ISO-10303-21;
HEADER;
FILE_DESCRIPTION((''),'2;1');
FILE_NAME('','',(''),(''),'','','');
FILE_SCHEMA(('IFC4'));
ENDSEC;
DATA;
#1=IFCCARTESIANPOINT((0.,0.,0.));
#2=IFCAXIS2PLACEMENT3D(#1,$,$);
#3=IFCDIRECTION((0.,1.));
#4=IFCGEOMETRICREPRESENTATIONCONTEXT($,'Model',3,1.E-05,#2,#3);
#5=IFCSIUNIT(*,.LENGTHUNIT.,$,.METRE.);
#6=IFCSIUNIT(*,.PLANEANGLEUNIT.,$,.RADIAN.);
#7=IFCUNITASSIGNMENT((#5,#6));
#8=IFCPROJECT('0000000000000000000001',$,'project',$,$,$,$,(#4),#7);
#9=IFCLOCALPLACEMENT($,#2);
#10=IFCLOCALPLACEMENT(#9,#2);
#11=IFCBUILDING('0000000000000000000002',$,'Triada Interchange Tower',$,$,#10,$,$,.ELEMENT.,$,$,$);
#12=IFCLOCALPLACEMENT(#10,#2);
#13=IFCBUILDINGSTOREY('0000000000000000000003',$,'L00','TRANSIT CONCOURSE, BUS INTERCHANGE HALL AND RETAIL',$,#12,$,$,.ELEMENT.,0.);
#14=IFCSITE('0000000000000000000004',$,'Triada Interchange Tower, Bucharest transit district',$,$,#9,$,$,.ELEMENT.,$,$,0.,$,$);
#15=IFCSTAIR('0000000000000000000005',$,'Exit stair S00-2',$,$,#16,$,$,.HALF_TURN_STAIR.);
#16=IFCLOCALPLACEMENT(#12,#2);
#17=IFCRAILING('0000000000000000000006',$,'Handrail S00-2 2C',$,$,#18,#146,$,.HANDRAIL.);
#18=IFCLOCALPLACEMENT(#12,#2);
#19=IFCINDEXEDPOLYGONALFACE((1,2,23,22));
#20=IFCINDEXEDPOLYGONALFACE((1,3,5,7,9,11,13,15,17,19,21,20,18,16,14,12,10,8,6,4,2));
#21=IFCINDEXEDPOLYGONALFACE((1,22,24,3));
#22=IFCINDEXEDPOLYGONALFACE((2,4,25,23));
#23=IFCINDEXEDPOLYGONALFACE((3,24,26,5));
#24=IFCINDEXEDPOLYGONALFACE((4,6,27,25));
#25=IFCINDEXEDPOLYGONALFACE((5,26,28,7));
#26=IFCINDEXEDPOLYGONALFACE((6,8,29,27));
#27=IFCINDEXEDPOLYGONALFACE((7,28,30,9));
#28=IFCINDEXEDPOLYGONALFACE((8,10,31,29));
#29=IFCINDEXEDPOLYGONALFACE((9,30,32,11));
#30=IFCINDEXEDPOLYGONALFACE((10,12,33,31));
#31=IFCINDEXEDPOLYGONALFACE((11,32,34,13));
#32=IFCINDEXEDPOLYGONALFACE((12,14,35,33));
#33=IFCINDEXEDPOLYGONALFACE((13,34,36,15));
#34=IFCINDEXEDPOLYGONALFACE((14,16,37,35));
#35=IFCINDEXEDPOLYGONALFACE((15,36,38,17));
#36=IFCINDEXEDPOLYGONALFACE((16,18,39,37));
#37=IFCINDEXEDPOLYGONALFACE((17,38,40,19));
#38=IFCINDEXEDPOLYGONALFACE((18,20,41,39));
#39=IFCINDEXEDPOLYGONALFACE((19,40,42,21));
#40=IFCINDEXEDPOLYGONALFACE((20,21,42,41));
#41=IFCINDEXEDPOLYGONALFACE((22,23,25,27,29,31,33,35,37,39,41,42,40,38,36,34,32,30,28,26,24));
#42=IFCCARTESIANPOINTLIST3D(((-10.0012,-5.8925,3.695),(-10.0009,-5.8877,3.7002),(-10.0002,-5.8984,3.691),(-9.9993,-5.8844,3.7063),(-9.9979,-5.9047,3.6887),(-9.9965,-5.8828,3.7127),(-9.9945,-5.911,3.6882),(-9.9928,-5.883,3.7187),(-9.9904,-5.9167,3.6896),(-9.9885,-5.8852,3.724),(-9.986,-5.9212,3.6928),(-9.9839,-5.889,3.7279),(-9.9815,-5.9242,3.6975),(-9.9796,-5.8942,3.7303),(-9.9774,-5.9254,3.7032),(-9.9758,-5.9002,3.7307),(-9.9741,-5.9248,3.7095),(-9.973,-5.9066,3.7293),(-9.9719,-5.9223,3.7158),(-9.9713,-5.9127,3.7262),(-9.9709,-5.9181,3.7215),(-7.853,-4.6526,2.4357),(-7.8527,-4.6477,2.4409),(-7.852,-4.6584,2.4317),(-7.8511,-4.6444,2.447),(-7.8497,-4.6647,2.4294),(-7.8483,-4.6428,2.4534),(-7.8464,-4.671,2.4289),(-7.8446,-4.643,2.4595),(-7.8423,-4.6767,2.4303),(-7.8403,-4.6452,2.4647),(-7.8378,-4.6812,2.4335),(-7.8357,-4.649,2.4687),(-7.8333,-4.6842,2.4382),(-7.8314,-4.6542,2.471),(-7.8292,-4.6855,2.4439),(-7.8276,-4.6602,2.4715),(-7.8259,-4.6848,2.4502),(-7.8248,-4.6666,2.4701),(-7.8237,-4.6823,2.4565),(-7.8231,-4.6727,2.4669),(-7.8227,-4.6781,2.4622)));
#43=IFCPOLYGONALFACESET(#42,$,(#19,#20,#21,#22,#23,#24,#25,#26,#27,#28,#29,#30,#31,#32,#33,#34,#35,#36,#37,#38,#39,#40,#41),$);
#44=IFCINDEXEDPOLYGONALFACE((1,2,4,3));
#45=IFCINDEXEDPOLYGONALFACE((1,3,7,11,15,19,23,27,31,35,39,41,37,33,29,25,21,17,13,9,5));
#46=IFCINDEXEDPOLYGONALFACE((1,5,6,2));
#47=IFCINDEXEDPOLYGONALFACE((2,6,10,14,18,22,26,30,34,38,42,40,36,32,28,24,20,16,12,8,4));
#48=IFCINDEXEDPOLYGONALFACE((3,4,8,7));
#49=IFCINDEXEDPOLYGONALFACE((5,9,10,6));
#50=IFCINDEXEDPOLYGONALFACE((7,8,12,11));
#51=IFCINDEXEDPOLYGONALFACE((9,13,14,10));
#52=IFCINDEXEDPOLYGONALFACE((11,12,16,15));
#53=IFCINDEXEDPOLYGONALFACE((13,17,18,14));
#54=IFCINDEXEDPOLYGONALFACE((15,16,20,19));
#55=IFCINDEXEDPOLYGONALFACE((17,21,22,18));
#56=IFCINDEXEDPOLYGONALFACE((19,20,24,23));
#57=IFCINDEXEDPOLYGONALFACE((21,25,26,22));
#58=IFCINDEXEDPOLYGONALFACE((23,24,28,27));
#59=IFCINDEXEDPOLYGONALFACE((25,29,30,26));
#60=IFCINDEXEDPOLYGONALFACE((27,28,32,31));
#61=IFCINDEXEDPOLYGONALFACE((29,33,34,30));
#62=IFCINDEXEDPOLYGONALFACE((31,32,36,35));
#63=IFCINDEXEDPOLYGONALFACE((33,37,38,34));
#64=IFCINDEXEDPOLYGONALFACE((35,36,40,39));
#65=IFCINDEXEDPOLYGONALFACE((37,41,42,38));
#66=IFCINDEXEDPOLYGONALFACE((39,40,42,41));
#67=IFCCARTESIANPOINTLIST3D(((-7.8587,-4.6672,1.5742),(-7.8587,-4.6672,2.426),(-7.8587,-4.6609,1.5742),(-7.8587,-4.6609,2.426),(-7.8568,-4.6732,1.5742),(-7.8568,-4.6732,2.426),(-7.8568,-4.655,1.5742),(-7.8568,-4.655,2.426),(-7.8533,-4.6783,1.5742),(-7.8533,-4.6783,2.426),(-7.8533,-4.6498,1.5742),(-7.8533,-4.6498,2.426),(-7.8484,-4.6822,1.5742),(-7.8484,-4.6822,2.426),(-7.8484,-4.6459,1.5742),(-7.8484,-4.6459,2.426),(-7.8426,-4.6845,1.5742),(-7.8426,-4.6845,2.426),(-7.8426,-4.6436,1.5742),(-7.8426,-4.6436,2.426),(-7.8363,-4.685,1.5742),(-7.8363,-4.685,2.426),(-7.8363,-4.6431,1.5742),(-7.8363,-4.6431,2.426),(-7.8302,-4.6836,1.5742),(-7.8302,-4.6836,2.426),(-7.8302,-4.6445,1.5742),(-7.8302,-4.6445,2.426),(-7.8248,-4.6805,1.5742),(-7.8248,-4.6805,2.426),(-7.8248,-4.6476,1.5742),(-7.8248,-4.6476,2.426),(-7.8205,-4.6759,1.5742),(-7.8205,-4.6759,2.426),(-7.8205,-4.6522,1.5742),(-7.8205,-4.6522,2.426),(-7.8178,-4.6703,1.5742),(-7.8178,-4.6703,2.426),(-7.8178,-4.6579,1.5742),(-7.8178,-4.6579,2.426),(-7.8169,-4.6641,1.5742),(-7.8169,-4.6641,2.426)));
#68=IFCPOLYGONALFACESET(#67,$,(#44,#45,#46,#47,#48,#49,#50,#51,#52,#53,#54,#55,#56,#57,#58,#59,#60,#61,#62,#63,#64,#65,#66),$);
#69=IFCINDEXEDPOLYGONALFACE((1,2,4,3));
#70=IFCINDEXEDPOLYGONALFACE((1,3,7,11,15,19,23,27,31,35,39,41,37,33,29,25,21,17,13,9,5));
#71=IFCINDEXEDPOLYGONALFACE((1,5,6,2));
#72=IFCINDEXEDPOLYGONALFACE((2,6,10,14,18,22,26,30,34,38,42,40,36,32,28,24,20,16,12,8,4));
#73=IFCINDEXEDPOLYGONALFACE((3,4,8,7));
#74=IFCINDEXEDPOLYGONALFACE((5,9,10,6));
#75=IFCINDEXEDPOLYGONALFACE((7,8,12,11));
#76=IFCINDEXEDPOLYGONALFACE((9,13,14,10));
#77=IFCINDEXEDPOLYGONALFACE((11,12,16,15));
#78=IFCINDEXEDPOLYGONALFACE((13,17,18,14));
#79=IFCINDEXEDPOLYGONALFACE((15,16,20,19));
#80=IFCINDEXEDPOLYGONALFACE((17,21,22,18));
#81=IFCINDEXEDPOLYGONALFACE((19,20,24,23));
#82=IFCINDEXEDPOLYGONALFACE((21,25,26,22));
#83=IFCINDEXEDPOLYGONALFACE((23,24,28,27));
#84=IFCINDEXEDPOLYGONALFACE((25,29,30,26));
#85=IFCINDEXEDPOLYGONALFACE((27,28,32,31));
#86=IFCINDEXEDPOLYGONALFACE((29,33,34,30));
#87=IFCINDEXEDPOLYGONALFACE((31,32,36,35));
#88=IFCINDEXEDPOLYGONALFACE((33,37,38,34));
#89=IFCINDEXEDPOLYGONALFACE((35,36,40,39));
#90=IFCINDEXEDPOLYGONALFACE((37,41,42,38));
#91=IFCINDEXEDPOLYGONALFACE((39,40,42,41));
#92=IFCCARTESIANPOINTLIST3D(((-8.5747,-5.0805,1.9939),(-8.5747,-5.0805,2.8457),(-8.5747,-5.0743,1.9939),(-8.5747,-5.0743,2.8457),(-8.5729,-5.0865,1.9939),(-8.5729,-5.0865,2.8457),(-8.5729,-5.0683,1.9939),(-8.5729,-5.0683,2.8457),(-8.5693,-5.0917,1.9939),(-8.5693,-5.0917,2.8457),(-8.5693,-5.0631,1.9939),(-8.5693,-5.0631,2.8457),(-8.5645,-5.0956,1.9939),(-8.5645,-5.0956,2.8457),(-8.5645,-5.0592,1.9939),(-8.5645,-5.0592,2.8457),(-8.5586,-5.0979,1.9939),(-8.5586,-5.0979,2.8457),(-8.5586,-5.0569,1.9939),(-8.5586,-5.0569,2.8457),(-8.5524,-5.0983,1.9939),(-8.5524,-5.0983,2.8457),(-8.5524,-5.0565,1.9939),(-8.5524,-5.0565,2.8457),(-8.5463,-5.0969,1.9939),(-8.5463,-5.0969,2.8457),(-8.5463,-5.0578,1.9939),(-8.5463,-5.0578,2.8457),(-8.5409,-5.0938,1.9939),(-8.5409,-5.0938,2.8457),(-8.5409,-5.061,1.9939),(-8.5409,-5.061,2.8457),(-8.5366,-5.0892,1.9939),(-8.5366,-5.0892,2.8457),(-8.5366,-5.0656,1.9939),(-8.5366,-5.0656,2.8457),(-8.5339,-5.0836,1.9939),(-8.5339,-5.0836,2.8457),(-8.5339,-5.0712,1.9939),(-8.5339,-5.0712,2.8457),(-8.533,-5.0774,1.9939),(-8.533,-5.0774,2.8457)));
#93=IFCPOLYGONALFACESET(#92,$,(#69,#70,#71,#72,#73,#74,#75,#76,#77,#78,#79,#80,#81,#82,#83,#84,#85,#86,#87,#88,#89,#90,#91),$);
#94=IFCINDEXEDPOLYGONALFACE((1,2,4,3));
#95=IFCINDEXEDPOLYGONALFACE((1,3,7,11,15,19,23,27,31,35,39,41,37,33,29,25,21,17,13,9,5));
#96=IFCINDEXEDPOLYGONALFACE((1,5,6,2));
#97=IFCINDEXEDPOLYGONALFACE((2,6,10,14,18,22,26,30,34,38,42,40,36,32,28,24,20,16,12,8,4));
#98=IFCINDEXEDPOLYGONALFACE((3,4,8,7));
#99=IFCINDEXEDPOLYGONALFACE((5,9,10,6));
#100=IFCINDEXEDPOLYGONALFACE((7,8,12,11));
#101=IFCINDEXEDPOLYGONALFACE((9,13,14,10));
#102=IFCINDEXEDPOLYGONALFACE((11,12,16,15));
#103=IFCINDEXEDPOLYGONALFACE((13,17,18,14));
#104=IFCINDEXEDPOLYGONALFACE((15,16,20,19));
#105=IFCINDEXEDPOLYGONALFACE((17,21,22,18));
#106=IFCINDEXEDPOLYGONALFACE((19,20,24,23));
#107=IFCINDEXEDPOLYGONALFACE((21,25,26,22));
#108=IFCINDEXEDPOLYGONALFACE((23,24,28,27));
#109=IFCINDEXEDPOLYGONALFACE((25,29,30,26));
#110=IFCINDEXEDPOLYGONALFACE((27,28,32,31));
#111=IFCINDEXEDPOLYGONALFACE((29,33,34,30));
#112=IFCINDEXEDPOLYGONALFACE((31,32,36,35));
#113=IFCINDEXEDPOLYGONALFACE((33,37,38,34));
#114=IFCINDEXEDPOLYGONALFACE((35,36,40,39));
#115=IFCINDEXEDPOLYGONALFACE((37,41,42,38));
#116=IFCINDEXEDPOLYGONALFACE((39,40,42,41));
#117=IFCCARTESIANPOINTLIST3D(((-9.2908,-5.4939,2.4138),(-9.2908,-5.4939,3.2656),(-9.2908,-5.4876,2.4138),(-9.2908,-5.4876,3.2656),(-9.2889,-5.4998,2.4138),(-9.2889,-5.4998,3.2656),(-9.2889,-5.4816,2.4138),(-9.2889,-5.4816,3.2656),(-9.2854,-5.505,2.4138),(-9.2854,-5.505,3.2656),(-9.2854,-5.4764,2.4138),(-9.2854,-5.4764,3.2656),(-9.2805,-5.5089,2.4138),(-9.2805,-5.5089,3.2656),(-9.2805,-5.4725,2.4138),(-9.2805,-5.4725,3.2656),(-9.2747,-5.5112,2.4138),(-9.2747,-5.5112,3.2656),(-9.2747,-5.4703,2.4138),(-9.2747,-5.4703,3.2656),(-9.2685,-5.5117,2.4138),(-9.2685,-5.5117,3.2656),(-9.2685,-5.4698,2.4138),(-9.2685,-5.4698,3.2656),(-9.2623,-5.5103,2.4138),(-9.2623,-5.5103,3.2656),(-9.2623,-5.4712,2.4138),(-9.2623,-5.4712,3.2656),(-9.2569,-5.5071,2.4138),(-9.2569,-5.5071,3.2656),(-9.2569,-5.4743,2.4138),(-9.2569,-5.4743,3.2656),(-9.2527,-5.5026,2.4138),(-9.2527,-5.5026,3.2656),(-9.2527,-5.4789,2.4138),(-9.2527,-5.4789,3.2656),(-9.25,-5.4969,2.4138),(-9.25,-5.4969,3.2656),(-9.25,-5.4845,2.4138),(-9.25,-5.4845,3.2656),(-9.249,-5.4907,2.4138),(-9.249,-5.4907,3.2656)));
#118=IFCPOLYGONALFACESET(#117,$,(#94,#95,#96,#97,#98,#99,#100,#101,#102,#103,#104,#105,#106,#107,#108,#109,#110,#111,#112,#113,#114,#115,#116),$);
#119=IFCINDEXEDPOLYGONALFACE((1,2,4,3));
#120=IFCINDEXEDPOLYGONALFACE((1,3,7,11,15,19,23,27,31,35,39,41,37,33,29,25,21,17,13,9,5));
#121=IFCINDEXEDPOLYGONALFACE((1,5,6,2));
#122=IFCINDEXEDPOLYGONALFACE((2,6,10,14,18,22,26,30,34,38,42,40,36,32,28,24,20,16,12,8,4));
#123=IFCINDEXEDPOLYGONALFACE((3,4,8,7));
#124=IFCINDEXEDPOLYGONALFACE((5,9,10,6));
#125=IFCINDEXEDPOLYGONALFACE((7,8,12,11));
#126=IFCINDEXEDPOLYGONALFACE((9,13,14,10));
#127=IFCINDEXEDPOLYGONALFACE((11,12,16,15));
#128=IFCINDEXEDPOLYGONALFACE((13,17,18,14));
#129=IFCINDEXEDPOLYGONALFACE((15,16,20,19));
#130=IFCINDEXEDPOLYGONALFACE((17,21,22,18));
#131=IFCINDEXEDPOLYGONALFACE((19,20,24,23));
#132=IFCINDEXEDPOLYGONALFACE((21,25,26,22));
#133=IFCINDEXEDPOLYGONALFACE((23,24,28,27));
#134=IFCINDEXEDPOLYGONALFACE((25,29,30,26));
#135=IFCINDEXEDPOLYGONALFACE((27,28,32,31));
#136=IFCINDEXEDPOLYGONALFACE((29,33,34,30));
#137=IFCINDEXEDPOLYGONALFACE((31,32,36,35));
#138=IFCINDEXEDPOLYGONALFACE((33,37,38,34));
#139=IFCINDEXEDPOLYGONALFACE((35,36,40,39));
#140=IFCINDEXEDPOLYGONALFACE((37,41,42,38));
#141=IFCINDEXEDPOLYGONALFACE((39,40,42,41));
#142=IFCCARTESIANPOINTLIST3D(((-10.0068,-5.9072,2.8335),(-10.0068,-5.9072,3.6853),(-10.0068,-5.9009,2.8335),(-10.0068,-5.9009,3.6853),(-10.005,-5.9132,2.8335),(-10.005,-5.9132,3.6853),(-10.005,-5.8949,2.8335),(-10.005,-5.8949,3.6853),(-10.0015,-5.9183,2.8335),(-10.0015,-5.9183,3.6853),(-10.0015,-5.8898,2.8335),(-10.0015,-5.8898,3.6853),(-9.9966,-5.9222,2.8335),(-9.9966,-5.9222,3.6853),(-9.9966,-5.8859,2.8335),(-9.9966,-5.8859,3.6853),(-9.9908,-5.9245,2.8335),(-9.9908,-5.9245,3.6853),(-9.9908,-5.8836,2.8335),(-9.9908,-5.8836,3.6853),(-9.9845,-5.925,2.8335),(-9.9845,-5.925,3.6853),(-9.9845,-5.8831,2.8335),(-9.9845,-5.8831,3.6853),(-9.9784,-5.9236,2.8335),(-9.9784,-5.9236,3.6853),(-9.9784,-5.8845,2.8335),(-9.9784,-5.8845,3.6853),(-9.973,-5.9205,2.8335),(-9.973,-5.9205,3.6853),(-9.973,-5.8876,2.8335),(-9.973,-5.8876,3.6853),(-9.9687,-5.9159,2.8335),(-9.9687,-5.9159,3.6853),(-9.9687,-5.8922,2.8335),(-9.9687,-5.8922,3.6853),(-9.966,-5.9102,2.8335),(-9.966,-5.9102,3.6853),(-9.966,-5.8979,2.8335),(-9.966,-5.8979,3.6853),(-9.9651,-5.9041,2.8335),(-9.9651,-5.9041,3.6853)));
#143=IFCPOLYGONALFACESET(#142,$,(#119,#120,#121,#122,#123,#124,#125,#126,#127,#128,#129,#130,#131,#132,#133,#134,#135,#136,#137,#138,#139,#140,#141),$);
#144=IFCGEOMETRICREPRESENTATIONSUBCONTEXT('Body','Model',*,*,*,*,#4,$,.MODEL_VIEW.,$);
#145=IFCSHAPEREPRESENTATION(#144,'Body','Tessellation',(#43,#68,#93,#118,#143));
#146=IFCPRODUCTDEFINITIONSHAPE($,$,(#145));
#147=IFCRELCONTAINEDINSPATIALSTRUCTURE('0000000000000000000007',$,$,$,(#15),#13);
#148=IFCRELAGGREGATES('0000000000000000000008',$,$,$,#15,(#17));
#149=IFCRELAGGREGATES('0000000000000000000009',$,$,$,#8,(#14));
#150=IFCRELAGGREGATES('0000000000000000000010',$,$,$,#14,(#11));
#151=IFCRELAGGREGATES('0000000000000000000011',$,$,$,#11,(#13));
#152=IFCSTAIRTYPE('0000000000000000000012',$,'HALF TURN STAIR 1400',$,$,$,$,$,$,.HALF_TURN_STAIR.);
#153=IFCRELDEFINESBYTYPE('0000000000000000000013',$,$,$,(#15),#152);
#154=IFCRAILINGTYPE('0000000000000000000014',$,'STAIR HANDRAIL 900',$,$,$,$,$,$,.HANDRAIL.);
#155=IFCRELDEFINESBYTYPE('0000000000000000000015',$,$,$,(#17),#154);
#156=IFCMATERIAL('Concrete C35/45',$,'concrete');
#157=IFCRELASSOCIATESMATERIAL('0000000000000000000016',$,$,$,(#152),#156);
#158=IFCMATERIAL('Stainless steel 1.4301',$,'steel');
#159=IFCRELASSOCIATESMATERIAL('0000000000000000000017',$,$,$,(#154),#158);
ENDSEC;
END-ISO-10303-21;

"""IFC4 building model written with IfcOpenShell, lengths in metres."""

from ifc_helpers import new_model, si_unit, direction, frame, origin, origin_2d, place, context, subcontext, project, spatial, circle, extrude, material, type_object, element, aggregate, save


model = new_model("IFC4")

# Units and contexts
model_context = context("Model", 3, precision=1e-05, world=origin(), true_north=direction((0.0, 1.0)))
body_context = subcontext(model_context, "Body", "Model", "MODEL_VIEW")
ifc_project = project(units=[si_unit("LENGTHUNIT", "METRE"), si_unit("PLANEANGLEUNIT", "RADIAN")], contexts=[model_context])

# Site, building, storey
site_placement = place(None, origin())
site = spatial("IfcSite", under=ifc_project, at=site_placement, Name="Triada Interchange Tower, Bucharest transit district", CompositionType="ELEMENT", RefElevation=0.0)
building_placement = place(site_placement, origin())
building = spatial("IfcBuilding", under=site, at=building_placement, Name="Triada Interchange Tower", CompositionType="ELEMENT")
storey_placement = place(building_placement, origin())
storey = spatial("IfcBuildingStorey", under=building, at=storey_placement, Name="L00", Description="TRANSIT CONCOURSE, BUS INTERCHANGE HALL AND RETAIL", CompositionType="ELEMENT", Elevation=0.0)

# Shared definitions
ifc_material_1 = material(Name="Concrete C35/45", Category="concrete")

# Stair, railing
stair_type = type_object("IfcStairType", Name="HALF TURN STAIR 1400", PredefinedType="HALF_TURN_STAIR", material=ifc_material_1)
stair_placement = place(storey_placement, origin())
stair = element("IfcStair", 1, at=stair_placement, inside=storey, type_object=stair_type, Name="Exit stair S00-2", PredefinedType="HALF_TURN_STAIR")
ifc_material_2 = material(Name="Stainless steel 1.4301", Category="steel")
railing_type_1 = type_object("IfcRailingType", Name="STAIR HANDRAIL 900", PredefinedType="HANDRAIL", material=ifc_material_2)
railing_1_placement = place(storey_placement, frame((-7.8379, -4.6641, 1.5742)))
railing_1 = element("IfcRailing", 2, at=railing_1_placement, type_object=railing_type_1, Name="Handrail S00-2 2C", PredefinedType="HANDRAIL", context=body_context, shape_type="SweptSolid", body=[
    extrude(circle(Radius=0.0239, at=origin_2d()), frame((0.0, 0.0, 0.876), z_axis=(-0.772247, -0.44576, 0.452694), x_axis=(0.499918, -0.866072, 0.0)), (0.0, 0.0, 1.0), 2.7817),
    extrude(circle(Radius=0.021, at=origin_2d()), origin(), (0.0, 0.0, 1.0), 0.8518),
    extrude(circle(Radius=0.021, at=origin_2d()), frame((-0.7161, -0.4133, 0.4197)), (0.0, 0.0, 1.0), 0.8518),
    extrude(circle(Radius=0.021, at=origin_2d()), frame((-1.4321, -0.8267, 0.8396)), (0.0, 0.0, 1.0), 0.8518),
    extrude(circle(Radius=0.021, at=origin_2d()), frame((-2.1482, -1.24, 1.2593)), (0.0, 0.0, 1.0), 0.8518),
])
aggregate(stair, [railing_1])

save(model, "model.ifc")
